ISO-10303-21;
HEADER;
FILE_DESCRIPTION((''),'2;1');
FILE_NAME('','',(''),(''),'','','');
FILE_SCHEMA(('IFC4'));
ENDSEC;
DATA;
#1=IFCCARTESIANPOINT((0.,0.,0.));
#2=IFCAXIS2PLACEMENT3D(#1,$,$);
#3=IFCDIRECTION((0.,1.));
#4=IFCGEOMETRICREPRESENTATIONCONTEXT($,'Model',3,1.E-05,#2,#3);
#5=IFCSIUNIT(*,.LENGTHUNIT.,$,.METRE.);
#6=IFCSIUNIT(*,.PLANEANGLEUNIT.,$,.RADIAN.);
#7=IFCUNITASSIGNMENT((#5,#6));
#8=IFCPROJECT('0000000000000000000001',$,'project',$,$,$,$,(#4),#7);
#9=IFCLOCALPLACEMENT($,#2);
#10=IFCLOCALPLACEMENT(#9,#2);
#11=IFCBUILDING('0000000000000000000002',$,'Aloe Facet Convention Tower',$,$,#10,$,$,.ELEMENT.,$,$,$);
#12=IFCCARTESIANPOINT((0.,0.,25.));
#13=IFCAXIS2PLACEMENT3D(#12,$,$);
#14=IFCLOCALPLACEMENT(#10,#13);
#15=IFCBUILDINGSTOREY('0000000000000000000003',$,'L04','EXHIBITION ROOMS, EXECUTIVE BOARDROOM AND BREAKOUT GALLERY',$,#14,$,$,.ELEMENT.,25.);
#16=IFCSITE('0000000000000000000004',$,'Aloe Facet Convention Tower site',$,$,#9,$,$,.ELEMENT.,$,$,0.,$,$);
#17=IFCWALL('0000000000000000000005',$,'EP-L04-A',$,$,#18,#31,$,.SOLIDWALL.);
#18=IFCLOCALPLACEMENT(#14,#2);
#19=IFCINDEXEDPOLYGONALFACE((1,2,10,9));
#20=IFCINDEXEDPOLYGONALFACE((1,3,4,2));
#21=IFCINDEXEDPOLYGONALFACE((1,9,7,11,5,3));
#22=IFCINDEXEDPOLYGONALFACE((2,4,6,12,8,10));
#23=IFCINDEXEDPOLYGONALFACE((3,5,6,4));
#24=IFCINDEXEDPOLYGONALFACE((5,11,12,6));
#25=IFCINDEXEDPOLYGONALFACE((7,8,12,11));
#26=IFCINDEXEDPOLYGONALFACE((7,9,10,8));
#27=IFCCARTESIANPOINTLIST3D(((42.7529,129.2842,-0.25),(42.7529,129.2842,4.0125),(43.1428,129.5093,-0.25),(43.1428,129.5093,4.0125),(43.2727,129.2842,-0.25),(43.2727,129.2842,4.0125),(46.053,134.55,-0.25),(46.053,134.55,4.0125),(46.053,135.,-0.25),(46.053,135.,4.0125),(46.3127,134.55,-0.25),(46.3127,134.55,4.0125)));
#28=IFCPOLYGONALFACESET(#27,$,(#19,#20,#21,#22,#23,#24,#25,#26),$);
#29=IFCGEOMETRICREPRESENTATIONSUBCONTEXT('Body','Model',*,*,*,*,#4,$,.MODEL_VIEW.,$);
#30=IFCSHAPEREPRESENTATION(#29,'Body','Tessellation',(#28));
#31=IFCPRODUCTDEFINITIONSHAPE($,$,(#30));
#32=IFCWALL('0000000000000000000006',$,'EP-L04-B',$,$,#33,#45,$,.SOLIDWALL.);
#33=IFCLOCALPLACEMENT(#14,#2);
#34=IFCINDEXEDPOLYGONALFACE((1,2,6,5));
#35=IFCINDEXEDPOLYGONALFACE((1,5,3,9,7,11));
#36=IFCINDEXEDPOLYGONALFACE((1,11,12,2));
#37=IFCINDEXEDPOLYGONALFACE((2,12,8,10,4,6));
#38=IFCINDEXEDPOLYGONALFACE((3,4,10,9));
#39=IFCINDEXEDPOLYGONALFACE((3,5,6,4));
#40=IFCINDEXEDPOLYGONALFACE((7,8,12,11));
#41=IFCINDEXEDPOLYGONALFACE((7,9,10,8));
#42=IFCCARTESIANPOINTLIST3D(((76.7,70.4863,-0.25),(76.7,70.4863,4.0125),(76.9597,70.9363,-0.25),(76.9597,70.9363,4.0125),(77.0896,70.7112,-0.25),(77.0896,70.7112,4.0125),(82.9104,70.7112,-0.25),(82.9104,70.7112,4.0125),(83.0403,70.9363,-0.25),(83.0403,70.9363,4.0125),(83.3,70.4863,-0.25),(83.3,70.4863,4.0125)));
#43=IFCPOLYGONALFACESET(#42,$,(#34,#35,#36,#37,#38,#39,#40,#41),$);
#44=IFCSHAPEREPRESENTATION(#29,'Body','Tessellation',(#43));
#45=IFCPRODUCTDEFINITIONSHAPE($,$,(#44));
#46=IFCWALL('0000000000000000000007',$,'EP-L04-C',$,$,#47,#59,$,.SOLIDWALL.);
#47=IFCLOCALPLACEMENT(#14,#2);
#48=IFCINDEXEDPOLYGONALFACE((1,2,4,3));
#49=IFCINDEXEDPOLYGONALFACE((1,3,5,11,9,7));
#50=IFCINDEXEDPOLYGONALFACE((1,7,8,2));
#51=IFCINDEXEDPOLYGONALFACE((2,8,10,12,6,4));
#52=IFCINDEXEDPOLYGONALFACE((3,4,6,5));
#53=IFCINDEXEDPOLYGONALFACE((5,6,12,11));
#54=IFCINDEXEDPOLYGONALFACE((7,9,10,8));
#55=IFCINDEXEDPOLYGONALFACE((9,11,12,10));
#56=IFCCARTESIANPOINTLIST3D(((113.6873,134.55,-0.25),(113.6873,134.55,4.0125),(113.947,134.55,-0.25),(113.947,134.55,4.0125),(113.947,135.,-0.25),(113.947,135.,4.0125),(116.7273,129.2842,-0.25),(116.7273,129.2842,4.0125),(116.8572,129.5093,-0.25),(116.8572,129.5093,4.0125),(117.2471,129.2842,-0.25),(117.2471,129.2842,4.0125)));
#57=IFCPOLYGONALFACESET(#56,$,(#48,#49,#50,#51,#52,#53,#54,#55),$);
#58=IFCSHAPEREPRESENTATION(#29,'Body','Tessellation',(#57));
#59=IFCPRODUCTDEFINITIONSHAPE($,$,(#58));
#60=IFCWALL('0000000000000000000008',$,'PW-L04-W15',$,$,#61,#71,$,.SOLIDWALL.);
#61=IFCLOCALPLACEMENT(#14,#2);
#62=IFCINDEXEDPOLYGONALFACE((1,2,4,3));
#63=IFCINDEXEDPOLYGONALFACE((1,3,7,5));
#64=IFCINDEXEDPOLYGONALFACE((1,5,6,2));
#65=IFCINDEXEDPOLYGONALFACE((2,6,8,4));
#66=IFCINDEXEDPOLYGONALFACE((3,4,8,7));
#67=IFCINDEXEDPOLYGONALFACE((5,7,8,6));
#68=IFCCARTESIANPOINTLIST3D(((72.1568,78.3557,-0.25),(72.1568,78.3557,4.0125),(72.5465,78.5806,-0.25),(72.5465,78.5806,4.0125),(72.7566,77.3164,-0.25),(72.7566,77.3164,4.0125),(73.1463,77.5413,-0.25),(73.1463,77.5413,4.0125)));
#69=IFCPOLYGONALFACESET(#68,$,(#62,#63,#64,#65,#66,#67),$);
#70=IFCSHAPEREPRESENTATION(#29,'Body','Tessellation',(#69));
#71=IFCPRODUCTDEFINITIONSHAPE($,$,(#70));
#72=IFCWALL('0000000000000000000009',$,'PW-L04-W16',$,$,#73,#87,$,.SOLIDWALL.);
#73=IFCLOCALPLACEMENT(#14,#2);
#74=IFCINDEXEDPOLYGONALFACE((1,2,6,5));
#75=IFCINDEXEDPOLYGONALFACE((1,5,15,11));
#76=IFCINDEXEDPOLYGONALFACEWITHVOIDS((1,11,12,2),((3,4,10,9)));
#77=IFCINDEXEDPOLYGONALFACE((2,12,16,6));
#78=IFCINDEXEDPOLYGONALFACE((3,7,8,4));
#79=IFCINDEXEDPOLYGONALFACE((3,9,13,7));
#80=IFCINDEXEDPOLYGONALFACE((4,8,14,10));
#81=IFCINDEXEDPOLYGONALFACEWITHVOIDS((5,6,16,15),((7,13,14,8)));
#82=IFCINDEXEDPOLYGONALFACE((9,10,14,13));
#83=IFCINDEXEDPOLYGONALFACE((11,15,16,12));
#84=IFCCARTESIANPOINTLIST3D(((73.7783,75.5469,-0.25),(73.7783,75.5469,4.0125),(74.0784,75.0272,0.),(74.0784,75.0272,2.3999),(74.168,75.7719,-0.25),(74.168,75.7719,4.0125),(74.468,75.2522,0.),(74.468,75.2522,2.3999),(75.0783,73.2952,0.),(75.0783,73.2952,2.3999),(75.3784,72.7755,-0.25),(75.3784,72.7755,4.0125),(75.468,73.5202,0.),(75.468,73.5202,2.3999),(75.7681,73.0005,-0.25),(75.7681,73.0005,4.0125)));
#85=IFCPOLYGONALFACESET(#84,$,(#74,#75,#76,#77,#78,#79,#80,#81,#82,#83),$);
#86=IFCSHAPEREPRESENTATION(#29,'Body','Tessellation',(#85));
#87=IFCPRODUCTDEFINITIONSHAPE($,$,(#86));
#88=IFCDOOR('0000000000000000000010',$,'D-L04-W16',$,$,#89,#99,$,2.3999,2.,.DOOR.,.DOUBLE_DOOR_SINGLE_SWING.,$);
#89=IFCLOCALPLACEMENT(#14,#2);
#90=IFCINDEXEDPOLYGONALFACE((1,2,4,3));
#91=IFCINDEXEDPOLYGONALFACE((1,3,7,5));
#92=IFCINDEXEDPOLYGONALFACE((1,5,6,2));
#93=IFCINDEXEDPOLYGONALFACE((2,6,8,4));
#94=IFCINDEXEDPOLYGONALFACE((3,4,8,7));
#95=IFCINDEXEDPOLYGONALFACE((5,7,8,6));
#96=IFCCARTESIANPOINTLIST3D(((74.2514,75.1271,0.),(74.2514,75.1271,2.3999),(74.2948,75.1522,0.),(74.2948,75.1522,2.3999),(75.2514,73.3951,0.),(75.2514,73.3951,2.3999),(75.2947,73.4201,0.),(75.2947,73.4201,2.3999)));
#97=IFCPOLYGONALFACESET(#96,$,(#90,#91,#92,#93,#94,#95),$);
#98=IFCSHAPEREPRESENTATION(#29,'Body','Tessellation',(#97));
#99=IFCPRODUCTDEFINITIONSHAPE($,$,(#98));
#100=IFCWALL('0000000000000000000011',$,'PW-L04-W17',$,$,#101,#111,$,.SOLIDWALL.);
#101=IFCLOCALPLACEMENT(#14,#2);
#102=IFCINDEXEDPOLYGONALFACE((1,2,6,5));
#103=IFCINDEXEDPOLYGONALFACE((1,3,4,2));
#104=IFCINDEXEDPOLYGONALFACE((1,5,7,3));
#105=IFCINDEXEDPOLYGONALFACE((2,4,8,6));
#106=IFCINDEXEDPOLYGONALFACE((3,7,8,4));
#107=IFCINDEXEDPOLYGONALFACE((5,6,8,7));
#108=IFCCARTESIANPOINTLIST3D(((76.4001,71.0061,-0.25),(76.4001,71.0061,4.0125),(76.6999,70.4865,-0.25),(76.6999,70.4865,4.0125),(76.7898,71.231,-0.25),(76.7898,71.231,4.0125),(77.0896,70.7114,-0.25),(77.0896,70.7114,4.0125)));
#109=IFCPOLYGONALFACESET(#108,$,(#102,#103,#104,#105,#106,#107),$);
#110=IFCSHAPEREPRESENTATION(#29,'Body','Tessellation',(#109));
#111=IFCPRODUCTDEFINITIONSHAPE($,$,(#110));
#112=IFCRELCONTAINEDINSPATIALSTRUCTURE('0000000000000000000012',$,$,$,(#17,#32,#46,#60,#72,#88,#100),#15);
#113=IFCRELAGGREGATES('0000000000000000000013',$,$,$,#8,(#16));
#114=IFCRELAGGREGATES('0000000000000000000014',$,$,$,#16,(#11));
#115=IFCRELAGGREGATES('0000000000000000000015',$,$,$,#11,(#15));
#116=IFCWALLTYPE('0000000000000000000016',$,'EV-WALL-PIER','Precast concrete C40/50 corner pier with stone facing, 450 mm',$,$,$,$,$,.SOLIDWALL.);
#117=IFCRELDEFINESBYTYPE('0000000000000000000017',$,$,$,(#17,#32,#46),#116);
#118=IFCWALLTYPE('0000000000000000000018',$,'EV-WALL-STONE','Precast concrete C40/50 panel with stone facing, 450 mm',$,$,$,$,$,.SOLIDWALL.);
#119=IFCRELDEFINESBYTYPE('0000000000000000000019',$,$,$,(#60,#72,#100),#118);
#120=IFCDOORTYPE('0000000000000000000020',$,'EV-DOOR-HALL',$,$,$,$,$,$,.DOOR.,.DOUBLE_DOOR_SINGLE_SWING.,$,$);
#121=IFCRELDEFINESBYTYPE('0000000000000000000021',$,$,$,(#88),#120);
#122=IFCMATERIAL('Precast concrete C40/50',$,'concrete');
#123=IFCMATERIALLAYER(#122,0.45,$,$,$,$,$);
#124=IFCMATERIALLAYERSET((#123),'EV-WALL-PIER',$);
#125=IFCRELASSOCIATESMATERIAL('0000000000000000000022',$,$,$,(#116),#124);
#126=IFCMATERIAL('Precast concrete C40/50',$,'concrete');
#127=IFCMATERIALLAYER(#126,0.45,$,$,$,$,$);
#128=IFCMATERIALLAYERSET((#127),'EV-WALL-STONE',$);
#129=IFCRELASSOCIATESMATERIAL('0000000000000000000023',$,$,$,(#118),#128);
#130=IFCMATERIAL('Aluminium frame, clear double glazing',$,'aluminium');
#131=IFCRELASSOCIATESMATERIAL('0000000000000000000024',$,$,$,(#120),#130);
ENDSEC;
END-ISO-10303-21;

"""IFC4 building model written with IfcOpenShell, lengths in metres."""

from ifc_helpers import new_model, si_unit, direction, frame, frame_2d, origin, place, context, subcontext, project, spatial, polyline, rectangle, outline, extrude, material, layer, layer_set, type_object, element, fill, save


model = new_model("IFC4")

# Units and contexts
model_context = context("Model", 3, precision=1e-05, world=origin(), true_north=direction((0.0, 1.0)))
body_context = subcontext(model_context, "Body", "Model", "MODEL_VIEW")
ifc_project = project(units=[si_unit("LENGTHUNIT", "METRE"), si_unit("PLANEANGLEUNIT", "RADIAN")], contexts=[model_context])

# Site, building, storey
site_placement = place(None, origin())
site = spatial("IfcSite", under=ifc_project, at=site_placement, Name="Aloe Facet Convention Tower site", CompositionType="ELEMENT", RefElevation=0.0)
building_placement = place(site_placement, origin())
building = spatial("IfcBuilding", under=site, at=building_placement, Name="Aloe Facet Convention Tower", CompositionType="ELEMENT")
storey_placement = place(building_placement, frame((0.0, 0.0, 25.0)))
storey = spatial("IfcBuildingStorey", under=building, at=storey_placement, Name="L04", Description="EXHIBITION ROOMS, EXECUTIVE BOARDROOM AND BREAKOUT GALLERY", CompositionType="ELEMENT", Elevation=25.0)

# Walls
ifc_material_1 = material(Name="Precast concrete C40/50", Category="concrete")
ifc_layer_1 = layer(ifc_material_1, 0.45)
ifc_layer_set_1 = layer_set([ifc_layer_1], Name="EV-WALL-PIER")
wall_type_1 = type_object("IfcWallType", Name="EV-WALL-PIER", Description="Precast concrete C40/50 corner pier with stone facing, 450 mm", PredefinedType="SOLIDWALL", material=ifc_layer_set_1)
wall_1_placement = place(storey_placement, frame((0.0, 0.0, -0.25)))
element("IfcWall", 1, at=wall_1_placement, inside=storey, type_object=wall_type_1, Name="EP-L04-A", PredefinedType="SOLIDWALL", context=body_context, shape_type="SweptSolid", body=[
    extrude(outline(polyline([(46.053, 135.0), (46.053, 134.55), (46.3127, 134.55), (43.2727, 129.2842), (43.1428, 129.5093), (42.7529, 129.2842), (46.053, 135.0)])), origin(), (0.0, 0.0, 1.0), 4.2625),
])
wall_2_placement = place(storey_placement, frame((0.0, 0.0, -0.25)))
element("IfcWall", 2, at=wall_2_placement, inside=storey, type_object=wall_type_1, Name="EP-L04-B", PredefinedType="SOLIDWALL", context=body_context, shape_type="SweptSolid", body=[
    extrude(outline(polyline([(76.7, 70.4863), (77.0896, 70.7112), (76.9597, 70.9363), (83.0403, 70.9363), (82.9104, 70.7112), (83.3, 70.4863), (76.7, 70.4863)])), origin(), (0.0, 0.0, 1.0), 4.2625),
])
wall_3_placement = place(storey_placement, frame((0.0, 0.0, -0.25)))
element("IfcWall", 3, at=wall_3_placement, inside=storey, type_object=wall_type_1, Name="EP-L04-C", PredefinedType="SOLIDWALL", context=body_context, shape_type="SweptSolid", body=[
    extrude(outline(polyline([(117.2471, 129.2842), (116.8572, 129.5093), (116.7273, 129.2842), (113.6873, 134.55), (113.947, 134.55), (113.947, 135.0), (117.2471, 129.2842)])), origin(), (0.0, 0.0, 1.0), 4.2625),
])
ifc_material_2 = material(Name="Precast concrete C40/50", Category="concrete")
ifc_layer_2 = layer(ifc_material_2, 0.45)
ifc_layer_set_2 = layer_set([ifc_layer_2], Name="EV-WALL-STONE")
wall_type_2 = type_object("IfcWallType", Name="EV-WALL-STONE", Description="Precast concrete C40/50 panel with stone facing, 450 mm", PredefinedType="SOLIDWALL", material=ifc_layer_set_2)
wall_4_placement = place(storey_placement, frame((72.3516, 78.4683, -0.25), z_axis=(0.0, 0.0, 1.0), x_axis=(0.499881, -0.866094, 0.0)))
element("IfcWall", 4, at=wall_4_placement, inside=storey, type_object=wall_type_2, Name="PW-L04-W15", PredefinedType="SOLIDWALL", context=body_context, shape_type="SweptSolid", body=[
    extrude(rectangle(XDim=1.2, YDim=0.45, at=frame_2d((0.6001, 0.0))), origin(), (0.0, 0.0, 1.0), 4.2625),
])

# Wall, opening, door
wall_5_placement = place(storey_placement, frame((73.9731, 75.6594, -0.25), z_axis=(0.0, 0.0, 1.0), x_axis=(0.499995, -0.866028, 0.0)))
wall_5 = element("IfcWall", 5, at=wall_5_placement, inside=storey, type_object=wall_type_2, Name="PW-L04-W16", PredefinedType="SOLIDWALL", context=body_context, shape_type="SweptSolid", body=[
    extrude(rectangle(XDim=3.2002, YDim=0.45, at=frame_2d((1.6001, 0.0))), origin(), (0.0, 0.0, 1.0), 4.2625),
])
opening_placement = place(wall_5_placement, frame((0.6001, 0.0, 0.25)))
opening = element("IfcOpeningElement", 6, at=opening_placement, cuts=wall_5, PredefinedType="OPENING", context=body_context, shape_type="SweptSolid", body=[
    extrude(rectangle(XDim=2.0, YDim=2.3999, at=frame_2d((1.0, 1.2))), frame((0.0, 0.2349, 0.0), z_axis=(0.0, -1.0, 0.0), x_axis=(1.0, 0.0, 0.0)), (0.0, 0.0, 1.0), 0.47),
])
ifc_material_3 = material(Name="Aluminium frame, clear double glazing", Category="aluminium")
door_type = type_object("IfcDoorType", Name="EV-DOOR-HALL", OperationType="DOUBLE_DOOR_SINGLE_SWING", PredefinedType="DOOR", material=ifc_material_3)
door_placement = place(opening_placement, origin())
door = element("IfcDoor", 7, at=door_placement, inside=storey, type_object=door_type, Name="D-L04-W16", OperationType="DOUBLE_DOOR_SINGLE_SWING", OverallHeight=2.3999, OverallWidth=2.0, PredefinedType="DOOR", context=body_context, shape_type="SweptSolid", body=[
    extrude(rectangle(XDim=2.0, YDim=2.3999, at=frame_2d((1.0, 1.2))), frame((0.0, 0.0249, 0.0), z_axis=(0.0, -1.0, 0.0), x_axis=(1.0, 0.0, 0.0)), (0.0, 0.0, 1.0), 0.05),
])
fill(opening, door)

# Wall
wall_6_placement = place(storey_placement, frame((76.595, 71.1184, -0.25), z_axis=(0.0, 0.0, 1.0), x_axis=(0.499816, -0.866131, 0.0)))
element("IfcWall", 8, at=wall_6_placement, inside=storey, type_object=wall_type_2, Name="PW-L04-W17", PredefinedType="SOLIDWALL", context=body_context, shape_type="SweptSolid", body=[
    extrude(rectangle(XDim=0.5999, YDim=0.45, at=frame_2d((0.2998, 0.0))), origin(), (0.0, 0.0, 1.0), 4.2625),
])

save(model, "model.ifc")
